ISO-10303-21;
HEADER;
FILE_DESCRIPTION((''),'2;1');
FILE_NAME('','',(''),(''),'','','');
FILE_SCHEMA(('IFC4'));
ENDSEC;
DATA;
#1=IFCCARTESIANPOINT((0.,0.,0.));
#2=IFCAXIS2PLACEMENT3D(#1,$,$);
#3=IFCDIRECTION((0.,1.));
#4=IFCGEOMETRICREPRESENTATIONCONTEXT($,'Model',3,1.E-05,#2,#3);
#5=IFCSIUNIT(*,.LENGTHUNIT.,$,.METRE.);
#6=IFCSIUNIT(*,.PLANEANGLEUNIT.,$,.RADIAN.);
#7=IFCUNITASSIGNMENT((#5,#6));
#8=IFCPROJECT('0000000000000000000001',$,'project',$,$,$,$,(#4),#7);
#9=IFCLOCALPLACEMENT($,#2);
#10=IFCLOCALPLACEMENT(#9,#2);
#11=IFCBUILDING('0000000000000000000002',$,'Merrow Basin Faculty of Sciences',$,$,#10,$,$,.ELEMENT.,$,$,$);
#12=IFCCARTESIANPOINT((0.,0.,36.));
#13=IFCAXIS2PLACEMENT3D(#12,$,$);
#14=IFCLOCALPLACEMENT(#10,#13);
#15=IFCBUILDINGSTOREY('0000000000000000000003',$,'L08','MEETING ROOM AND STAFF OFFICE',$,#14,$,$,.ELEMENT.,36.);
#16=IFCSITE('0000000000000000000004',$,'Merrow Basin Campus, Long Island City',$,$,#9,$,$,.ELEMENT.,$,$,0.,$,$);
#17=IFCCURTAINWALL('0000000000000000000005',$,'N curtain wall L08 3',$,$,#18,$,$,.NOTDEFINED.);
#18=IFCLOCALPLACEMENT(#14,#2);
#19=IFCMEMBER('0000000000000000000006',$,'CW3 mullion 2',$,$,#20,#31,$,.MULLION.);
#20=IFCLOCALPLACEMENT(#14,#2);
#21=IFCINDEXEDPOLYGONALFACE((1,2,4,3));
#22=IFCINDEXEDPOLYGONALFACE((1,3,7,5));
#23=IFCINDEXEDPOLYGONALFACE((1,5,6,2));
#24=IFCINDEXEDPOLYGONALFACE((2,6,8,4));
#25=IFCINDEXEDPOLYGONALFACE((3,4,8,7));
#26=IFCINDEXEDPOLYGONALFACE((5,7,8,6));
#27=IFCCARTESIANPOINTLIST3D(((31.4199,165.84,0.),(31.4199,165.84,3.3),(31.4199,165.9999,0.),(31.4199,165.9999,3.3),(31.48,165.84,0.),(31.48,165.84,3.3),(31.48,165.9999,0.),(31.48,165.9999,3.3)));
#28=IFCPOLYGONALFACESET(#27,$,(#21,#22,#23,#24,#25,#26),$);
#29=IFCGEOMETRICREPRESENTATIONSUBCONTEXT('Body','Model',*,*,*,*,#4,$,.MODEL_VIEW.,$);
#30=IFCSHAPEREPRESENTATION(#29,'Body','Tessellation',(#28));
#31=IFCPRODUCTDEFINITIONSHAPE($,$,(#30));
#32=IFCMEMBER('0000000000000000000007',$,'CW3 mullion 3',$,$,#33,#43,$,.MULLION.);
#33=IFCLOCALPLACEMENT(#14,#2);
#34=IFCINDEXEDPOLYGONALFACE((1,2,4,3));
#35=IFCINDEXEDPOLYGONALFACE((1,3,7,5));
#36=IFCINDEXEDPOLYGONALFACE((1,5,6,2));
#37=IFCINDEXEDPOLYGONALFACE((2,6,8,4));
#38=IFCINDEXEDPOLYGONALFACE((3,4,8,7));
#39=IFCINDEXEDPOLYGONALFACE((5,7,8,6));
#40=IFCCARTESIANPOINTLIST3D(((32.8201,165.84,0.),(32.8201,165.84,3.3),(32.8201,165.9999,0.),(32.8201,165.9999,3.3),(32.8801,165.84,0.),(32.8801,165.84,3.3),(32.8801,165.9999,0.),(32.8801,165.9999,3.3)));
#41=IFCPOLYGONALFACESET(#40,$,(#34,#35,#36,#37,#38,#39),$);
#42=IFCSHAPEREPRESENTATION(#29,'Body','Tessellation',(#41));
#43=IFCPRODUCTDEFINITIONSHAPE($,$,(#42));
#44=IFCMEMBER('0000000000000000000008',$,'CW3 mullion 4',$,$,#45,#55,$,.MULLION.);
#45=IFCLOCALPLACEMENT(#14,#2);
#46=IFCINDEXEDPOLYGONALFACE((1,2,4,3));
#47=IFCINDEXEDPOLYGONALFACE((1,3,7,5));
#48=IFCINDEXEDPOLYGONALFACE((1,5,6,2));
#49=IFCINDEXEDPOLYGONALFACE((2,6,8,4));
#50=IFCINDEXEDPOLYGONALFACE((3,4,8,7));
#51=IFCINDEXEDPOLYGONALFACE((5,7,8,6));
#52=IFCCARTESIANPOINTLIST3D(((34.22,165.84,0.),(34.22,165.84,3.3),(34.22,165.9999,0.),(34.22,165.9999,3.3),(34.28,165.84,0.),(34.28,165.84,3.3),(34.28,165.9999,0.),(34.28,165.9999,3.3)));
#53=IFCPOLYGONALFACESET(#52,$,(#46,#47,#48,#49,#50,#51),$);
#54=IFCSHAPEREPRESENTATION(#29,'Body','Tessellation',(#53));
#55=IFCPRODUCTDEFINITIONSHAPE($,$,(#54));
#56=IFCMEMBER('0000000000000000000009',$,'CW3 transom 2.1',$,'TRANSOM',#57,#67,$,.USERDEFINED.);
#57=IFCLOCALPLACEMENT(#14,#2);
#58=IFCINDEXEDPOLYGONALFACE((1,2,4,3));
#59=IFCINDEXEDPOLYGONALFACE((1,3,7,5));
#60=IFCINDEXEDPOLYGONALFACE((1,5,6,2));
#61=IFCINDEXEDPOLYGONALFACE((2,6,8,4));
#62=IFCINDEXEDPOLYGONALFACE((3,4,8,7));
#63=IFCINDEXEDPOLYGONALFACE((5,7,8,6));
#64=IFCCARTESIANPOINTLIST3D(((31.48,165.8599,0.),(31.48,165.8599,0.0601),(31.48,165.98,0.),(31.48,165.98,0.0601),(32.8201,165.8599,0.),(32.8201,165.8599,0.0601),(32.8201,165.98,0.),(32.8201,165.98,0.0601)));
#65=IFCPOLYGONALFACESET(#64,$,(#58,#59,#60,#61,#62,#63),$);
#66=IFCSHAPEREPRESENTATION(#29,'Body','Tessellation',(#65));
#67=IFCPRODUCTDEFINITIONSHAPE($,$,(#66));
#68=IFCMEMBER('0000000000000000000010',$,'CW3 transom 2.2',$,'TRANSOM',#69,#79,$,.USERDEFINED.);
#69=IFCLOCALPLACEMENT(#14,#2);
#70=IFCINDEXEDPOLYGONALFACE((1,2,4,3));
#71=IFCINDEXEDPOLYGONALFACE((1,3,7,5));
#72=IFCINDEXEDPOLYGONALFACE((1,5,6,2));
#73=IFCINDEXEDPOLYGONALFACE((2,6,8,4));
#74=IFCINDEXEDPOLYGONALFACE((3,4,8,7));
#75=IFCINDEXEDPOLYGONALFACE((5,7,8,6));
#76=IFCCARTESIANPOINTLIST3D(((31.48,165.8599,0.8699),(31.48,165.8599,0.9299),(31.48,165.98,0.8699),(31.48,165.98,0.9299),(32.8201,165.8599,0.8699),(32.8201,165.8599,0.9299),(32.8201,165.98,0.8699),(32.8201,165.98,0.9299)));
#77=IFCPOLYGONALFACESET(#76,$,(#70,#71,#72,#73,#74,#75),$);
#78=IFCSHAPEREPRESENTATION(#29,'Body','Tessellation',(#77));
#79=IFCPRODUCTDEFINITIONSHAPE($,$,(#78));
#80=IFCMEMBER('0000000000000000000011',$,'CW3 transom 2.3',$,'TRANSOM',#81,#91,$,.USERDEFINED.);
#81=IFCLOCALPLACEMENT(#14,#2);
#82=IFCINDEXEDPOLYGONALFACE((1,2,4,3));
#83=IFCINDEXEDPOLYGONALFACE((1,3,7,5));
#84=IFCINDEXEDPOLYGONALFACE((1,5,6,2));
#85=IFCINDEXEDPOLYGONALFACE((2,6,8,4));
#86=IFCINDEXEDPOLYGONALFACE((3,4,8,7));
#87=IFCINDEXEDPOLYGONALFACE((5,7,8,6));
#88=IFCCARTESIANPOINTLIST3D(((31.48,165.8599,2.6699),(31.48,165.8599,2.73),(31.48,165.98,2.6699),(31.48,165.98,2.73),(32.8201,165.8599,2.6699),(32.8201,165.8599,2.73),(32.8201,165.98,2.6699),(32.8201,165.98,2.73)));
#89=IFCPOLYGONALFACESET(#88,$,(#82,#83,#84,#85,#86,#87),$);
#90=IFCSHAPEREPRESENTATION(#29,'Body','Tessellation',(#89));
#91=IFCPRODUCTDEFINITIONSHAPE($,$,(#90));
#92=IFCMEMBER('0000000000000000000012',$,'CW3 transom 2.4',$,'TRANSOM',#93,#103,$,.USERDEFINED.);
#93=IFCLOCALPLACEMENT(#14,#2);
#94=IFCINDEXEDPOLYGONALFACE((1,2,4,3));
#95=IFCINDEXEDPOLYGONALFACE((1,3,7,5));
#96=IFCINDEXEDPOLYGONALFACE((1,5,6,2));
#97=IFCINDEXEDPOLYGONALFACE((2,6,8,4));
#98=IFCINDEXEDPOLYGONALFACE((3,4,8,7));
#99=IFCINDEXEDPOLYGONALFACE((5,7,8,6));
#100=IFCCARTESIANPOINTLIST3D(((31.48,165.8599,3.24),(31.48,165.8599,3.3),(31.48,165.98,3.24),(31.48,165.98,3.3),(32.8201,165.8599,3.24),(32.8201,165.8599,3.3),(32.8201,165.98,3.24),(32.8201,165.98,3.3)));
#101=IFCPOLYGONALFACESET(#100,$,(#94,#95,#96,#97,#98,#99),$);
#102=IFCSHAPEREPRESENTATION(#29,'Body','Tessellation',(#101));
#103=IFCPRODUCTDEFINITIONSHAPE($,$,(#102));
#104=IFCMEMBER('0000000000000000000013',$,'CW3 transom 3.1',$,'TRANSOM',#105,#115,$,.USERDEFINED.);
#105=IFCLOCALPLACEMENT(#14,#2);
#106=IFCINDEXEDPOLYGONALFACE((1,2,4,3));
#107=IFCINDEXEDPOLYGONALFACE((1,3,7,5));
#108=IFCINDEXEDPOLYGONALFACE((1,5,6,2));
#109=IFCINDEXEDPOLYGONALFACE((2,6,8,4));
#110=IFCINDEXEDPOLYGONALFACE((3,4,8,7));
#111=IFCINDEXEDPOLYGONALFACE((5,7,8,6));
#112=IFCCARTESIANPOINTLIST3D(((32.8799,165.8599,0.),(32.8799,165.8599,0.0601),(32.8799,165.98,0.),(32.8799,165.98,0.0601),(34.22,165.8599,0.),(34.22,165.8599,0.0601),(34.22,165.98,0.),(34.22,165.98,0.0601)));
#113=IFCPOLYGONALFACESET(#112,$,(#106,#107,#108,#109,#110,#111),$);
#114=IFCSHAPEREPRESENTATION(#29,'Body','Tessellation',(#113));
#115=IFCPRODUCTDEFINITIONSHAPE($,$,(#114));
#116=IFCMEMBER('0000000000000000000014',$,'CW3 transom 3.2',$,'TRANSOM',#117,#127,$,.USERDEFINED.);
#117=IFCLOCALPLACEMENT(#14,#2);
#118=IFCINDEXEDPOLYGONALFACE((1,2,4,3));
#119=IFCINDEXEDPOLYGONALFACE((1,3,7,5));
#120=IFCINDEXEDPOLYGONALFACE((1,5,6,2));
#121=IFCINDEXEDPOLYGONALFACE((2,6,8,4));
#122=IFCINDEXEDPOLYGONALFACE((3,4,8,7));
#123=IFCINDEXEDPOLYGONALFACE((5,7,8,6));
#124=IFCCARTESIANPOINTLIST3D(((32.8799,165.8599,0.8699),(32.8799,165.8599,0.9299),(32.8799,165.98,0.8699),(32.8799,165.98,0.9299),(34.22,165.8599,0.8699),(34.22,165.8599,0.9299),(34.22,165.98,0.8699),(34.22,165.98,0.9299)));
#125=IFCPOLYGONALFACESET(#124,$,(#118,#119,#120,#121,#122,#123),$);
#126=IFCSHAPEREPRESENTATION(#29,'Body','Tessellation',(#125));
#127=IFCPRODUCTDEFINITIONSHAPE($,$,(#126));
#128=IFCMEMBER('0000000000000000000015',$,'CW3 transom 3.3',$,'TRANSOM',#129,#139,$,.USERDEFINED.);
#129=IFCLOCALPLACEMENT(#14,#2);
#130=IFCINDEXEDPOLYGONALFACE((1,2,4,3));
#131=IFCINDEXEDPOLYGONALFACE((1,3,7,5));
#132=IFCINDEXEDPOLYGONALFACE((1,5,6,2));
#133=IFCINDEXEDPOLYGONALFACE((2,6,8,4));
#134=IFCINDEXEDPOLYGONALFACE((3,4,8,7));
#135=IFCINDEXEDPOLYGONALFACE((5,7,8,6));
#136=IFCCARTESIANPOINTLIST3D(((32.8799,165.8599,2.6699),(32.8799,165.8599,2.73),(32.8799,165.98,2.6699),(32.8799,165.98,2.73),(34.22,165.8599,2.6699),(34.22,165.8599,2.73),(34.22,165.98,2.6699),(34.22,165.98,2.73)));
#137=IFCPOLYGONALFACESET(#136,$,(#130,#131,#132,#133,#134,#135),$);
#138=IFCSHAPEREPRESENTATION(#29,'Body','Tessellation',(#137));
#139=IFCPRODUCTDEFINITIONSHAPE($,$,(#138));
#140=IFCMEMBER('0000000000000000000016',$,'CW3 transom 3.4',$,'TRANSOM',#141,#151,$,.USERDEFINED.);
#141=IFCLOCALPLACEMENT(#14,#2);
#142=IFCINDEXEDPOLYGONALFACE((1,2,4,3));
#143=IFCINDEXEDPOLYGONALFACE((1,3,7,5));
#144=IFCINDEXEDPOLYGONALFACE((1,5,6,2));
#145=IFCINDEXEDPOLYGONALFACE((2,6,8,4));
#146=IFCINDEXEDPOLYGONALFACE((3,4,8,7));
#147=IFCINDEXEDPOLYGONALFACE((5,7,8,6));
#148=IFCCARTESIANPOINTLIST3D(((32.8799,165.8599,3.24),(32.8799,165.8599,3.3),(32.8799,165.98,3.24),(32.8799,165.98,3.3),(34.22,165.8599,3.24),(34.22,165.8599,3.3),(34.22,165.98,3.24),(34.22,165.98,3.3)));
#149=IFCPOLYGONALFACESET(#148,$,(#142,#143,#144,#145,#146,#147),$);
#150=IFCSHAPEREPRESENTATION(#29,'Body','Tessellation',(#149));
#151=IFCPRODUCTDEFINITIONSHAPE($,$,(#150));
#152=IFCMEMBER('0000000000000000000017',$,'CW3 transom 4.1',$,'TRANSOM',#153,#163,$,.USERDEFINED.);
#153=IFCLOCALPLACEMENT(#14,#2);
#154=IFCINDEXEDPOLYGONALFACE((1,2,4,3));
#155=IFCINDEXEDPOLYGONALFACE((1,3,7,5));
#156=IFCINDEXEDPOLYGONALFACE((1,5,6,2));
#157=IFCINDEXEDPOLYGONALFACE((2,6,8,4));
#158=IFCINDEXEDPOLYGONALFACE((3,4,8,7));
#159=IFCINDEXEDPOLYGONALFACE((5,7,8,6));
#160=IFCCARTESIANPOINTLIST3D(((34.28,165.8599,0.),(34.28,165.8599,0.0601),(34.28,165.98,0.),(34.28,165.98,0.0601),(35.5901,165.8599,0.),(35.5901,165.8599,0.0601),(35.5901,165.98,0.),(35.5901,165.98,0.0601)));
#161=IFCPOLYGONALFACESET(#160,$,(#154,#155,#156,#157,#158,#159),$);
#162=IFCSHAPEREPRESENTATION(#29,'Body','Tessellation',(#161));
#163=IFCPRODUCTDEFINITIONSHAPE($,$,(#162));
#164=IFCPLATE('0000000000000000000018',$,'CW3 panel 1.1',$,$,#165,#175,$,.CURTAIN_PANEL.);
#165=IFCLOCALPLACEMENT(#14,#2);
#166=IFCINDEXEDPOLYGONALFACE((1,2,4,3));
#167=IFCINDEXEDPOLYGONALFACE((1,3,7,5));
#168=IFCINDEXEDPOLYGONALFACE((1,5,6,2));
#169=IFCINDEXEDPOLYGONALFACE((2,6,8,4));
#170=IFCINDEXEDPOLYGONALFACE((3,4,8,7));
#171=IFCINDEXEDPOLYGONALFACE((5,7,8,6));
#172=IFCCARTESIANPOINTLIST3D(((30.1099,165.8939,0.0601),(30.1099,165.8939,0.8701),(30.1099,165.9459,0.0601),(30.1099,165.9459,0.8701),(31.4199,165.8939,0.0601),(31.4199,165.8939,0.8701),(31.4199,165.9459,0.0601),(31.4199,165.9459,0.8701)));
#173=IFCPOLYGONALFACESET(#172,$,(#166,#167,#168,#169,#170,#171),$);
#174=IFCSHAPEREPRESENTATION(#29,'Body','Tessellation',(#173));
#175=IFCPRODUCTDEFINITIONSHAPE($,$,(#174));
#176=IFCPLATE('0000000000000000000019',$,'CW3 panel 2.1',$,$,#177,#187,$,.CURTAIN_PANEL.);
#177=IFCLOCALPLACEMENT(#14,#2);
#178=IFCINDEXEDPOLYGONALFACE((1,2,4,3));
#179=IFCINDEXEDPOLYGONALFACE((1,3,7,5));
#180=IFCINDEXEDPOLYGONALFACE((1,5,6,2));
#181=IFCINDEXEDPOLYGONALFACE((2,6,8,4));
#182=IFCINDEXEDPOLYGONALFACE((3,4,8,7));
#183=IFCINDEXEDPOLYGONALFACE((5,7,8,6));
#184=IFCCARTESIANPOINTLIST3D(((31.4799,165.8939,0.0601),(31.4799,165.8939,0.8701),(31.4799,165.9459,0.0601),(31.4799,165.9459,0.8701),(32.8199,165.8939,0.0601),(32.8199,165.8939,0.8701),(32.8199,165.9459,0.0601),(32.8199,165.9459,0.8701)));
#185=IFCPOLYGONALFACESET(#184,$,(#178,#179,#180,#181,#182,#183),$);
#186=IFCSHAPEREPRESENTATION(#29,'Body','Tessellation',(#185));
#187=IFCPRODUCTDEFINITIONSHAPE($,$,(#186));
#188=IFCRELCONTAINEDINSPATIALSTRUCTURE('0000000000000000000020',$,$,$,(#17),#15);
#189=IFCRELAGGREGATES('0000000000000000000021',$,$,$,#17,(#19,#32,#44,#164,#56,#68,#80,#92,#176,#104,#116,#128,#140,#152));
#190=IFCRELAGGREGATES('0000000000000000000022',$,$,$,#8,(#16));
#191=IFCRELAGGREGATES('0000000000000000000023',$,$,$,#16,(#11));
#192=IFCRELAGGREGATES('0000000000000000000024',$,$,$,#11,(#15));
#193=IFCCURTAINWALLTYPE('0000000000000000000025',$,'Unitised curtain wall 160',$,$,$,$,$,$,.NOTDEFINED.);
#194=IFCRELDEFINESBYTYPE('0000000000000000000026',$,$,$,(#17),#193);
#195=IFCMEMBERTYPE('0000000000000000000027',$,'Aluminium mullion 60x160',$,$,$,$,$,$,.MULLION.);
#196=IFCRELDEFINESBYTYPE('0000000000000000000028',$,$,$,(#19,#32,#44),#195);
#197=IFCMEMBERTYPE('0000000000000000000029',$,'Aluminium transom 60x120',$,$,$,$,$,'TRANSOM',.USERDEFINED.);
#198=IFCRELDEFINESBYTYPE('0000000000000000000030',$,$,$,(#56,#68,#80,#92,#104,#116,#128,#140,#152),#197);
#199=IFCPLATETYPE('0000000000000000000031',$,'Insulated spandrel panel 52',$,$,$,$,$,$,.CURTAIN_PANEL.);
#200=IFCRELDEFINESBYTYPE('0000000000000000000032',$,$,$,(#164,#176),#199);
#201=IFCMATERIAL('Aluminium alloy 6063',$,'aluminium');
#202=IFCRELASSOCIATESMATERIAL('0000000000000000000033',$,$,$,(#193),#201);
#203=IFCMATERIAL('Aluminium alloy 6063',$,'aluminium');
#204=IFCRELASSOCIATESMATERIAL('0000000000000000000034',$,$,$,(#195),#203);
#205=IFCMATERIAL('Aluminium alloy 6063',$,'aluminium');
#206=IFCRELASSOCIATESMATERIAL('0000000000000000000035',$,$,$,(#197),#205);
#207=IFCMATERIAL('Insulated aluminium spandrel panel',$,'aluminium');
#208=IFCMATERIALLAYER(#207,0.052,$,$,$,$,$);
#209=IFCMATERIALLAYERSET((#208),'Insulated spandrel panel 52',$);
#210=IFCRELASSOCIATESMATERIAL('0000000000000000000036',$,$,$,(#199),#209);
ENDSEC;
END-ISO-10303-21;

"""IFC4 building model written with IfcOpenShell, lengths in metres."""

from ifc_helpers import new_model, si_unit, direction, frame, origin, origin_2d, place, context, subcontext, project, spatial, rectangle, extrude, material, layer, layer_set, material_profile, profile_set, type_object, element, aggregate, save


model = new_model("IFC4")

# Units and contexts
model_context = context("Model", 3, precision=1e-05, world=origin(), true_north=direction((0.0, 1.0)))
body_context = subcontext(model_context, "Body", "Model", "MODEL_VIEW")
ifc_project = project(units=[si_unit("LENGTHUNIT", "METRE"), si_unit("PLANEANGLEUNIT", "RADIAN")], contexts=[model_context])

# Site, building, storey
site_placement = place(None, origin())
site = spatial("IfcSite", under=ifc_project, at=site_placement, Name="Merrow Basin Campus, Long Island City", CompositionType="ELEMENT", RefElevation=0.0)
building_placement = place(site_placement, origin())
building = spatial("IfcBuilding", under=site, at=building_placement, Name="Merrow Basin Faculty of Sciences", CompositionType="ELEMENT")
storey_placement = place(building_placement, frame((0.0, 0.0, 36.0)))
storey = spatial("IfcBuildingStorey", under=building, at=storey_placement, Name="L08", Description="MEETING ROOM AND STAFF OFFICE", CompositionType="ELEMENT", Elevation=36.0)

# Curtain wall, members, plates
ifc_material_1 = material(Name="Aluminium alloy 6063", Category="aluminium")
curtain_wall_type = type_object("IfcCurtainWallType", Name="Unitised curtain wall 160", PredefinedType="NOTDEFINED", material=ifc_material_1)
curtain_wall_placement = place(storey_placement, origin())
curtain_wall = element("IfcCurtainWall", 1, at=curtain_wall_placement, inside=storey, type_object=curtain_wall_type, Name="N curtain wall L08 3", PredefinedType="NOTDEFINED")
ifc_material_2 = material(Name="Aluminium alloy 6063", Category="aluminium")
ifc_material_profile_1 = material_profile(ifc_material_2, rectangle(XDim=0.1599, YDim=0.0601, at=origin_2d()))
ifc_profile_set_1 = profile_set([ifc_material_profile_1], Name="Aluminium alloy 6063")
member_type_1 = type_object("IfcMemberType", Name="Aluminium mullion 60x160", PredefinedType="MULLION", material=ifc_profile_set_1)
member_1_placement = place(storey_placement, frame((31.45, 165.9199, 0.0), z_axis=(0.0, 0.0, 1.0), x_axis=(0.0, 1.0, 0.0)))
member_1 = element("IfcMember", 2, at=member_1_placement, type_object=member_type_1, Name="CW3 mullion 2", PredefinedType="MULLION", context=body_context, shape_type="SweptSolid", body=[
    extrude(rectangle(XDim=0.1599, YDim=0.0601, at=origin_2d()), origin(), (0.0, 0.0, 1.0), 3.3),
])
member_2_placement = place(storey_placement, frame((32.8501, 165.9199, 0.0), z_axis=(0.0, 0.0, 1.0), x_axis=(0.0, 1.0, 0.0)))
member_2 = element("IfcMember", 3, at=member_2_placement, type_object=member_type_1, Name="CW3 mullion 3", PredefinedType="MULLION", context=body_context, shape_type="SweptSolid", body=[
    extrude(rectangle(XDim=0.1599, YDim=0.0601, at=origin_2d()), origin(), (0.0, 0.0, 1.0), 3.3),
])
member_3_placement = place(storey_placement, frame((34.25, 165.9199, 0.0), z_axis=(0.0, 0.0, 1.0), x_axis=(0.0, 1.0, 0.0)))
member_3 = element("IfcMember", 4, at=member_3_placement, type_object=member_type_1, Name="CW3 mullion 4", PredefinedType="MULLION", context=body_context, shape_type="SweptSolid", body=[
    extrude(rectangle(XDim=0.1599, YDim=0.0601, at=origin_2d()), origin(), (0.0, 0.0, 1.0), 3.3),
])
ifc_material_3 = material(Name="Aluminium alloy 6063", Category="aluminium")
ifc_material_profile_2 = material_profile(ifc_material_3, rectangle(XDim=0.1201, YDim=0.0601, at=origin_2d()))
ifc_profile_set_2 = profile_set([ifc_material_profile_2], Name="Aluminium alloy 6063")
member_type_2 = type_object("IfcMemberType", Name="Aluminium transom 60x120", ElementType="TRANSOM", PredefinedType="USERDEFINED", material=ifc_profile_set_2)
member_4_placement = place(storey_placement, frame((31.48, 165.9199, 0.03), z_axis=(1.0, 0.0, 0.0), x_axis=(0.0, 1.0, 0.0)))
member_4 = element("IfcMember", 5, at=member_4_placement, type_object=member_type_2, Name="CW3 transom 2.1", ObjectType="TRANSOM", PredefinedType="USERDEFINED", context=body_context, shape_type="SweptSolid", body=[
    extrude(rectangle(XDim=0.1201, YDim=0.0601, at=origin_2d()), origin(), (0.0, 0.0, 1.0), 1.3401),
])
member_5_placement = place(storey_placement, frame((31.48, 165.9199, 0.8999), z_axis=(1.0, 0.0, 0.0), x_axis=(0.0, 1.0, 0.0)))
member_5 = element("IfcMember", 6, at=member_5_placement, type_object=member_type_2, Name="CW3 transom 2.2", ObjectType="TRANSOM", PredefinedType="USERDEFINED", context=body_context, shape_type="SweptSolid", body=[
    extrude(rectangle(XDim=0.1201, YDim=0.0601, at=origin_2d()), origin(), (0.0, 0.0, 1.0), 1.3401),
])
member_6_placement = place(storey_placement, frame((31.48, 165.9199, 2.7), z_axis=(1.0, 0.0, 0.0), x_axis=(0.0, 1.0, 0.0)))
member_6 = element("IfcMember", 7, at=member_6_placement, type_object=member_type_2, Name="CW3 transom 2.3", ObjectType="TRANSOM", PredefinedType="USERDEFINED", context=body_context, shape_type="SweptSolid", body=[
    extrude(rectangle(XDim=0.1201, YDim=0.0601, at=origin_2d()), origin(), (0.0, 0.0, 1.0), 1.3401),
])
member_7_placement = place(storey_placement, frame((31.48, 165.9199, 3.27), z_axis=(1.0, 0.0, 0.0), x_axis=(0.0, 1.0, 0.0)))
member_7 = element("IfcMember", 8, at=member_7_placement, type_object=member_type_2, Name="CW3 transom 2.4", ObjectType="TRANSOM", PredefinedType="USERDEFINED", context=body_context, shape_type="SweptSolid", body=[
    extrude(rectangle(XDim=0.1201, YDim=0.0601, at=origin_2d()), origin(), (0.0, 0.0, 1.0), 1.3401),
])
member_8_placement = place(storey_placement, frame((32.8799, 165.9199, 0.03), z_axis=(1.0, 0.0, 0.0), x_axis=(0.0, 1.0, 0.0)))
member_8 = element("IfcMember", 9, at=member_8_placement, type_object=member_type_2, Name="CW3 transom 3.1", ObjectType="TRANSOM", PredefinedType="USERDEFINED", context=body_context, shape_type="SweptSolid", body=[
    extrude(rectangle(XDim=0.1201, YDim=0.0601, at=origin_2d()), origin(), (0.0, 0.0, 1.0), 1.3401),
])
member_9_placement = place(storey_placement, frame((32.8799, 165.9199, 0.8999), z_axis=(1.0, 0.0, 0.0), x_axis=(0.0, 1.0, 0.0)))
member_9 = element("IfcMember", 10, at=member_9_placement, type_object=member_type_2, Name="CW3 transom 3.2", ObjectType="TRANSOM", PredefinedType="USERDEFINED", context=body_context, shape_type="SweptSolid", body=[
    extrude(rectangle(XDim=0.1201, YDim=0.0601, at=origin_2d()), origin(), (0.0, 0.0, 1.0), 1.3401),
])
member_10_placement = place(storey_placement, frame((32.8799, 165.9199, 2.7), z_axis=(1.0, 0.0, 0.0), x_axis=(0.0, 1.0, 0.0)))
member_10 = element("IfcMember", 11, at=member_10_placement, type_object=member_type_2, Name="CW3 transom 3.3", ObjectType="TRANSOM", PredefinedType="USERDEFINED", context=body_context, shape_type="SweptSolid", body=[
    extrude(rectangle(XDim=0.1201, YDim=0.0601, at=origin_2d()), origin(), (0.0, 0.0, 1.0), 1.3401),
])
member_11_placement = place(storey_placement, frame((32.8799, 165.9199, 3.27), z_axis=(1.0, 0.0, 0.0), x_axis=(0.0, 1.0, 0.0)))
member_11 = element("IfcMember", 12, at=member_11_placement, type_object=member_type_2, Name="CW3 transom 3.4", ObjectType="TRANSOM", PredefinedType="USERDEFINED", context=body_context, shape_type="SweptSolid", body=[
    extrude(rectangle(XDim=0.1201, YDim=0.0601, at=origin_2d()), origin(), (0.0, 0.0, 1.0), 1.3401),
])
member_12_placement = place(storey_placement, frame((34.28, 165.9199, 0.03), z_axis=(1.0, 0.0, 0.0), x_axis=(0.0, 1.0, 0.0)))
member_12 = element("IfcMember", 13, at=member_12_placement, type_object=member_type_2, Name="CW3 transom 4.1", ObjectType="TRANSOM", PredefinedType="USERDEFINED", context=body_context, shape_type="SweptSolid", body=[
    extrude(rectangle(XDim=0.1201, YDim=0.0601, at=origin_2d()), origin(), (0.0, 0.0, 1.0), 1.3101),
])
ifc_material_4 = material(Name="Insulated aluminium spandrel panel", Category="aluminium")
ifc_layer_1 = layer(ifc_material_4, 0.052)
ifc_layer_set_1 = layer_set([ifc_layer_1], Name="Insulated spandrel panel 52")
plate_type_1 = type_object("IfcPlateType", Name="Insulated spandrel panel 52", PredefinedType="CURTAIN_PANEL", material=ifc_layer_set_1)
plate_1_placement = place(storey_placement, frame((30.7649, 165.9199, 0.0601), z_axis=(0.0, 0.0, 1.0), x_axis=(1.0, 0.0, 0.0)))
plate_1 = element("IfcPlate", 14, at=plate_1_placement, type_object=plate_type_1, Name="CW3 panel 1.1", PredefinedType="CURTAIN_PANEL", context=body_context, shape_type="SweptSolid", body=[
    extrude(rectangle(XDim=1.3101, YDim=0.052, at=origin_2d()), origin(), (0.0, 0.0, 1.0), 0.8101),
])
plate_2_placement = place(storey_placement, frame((32.1499, 165.9199, 0.0601), z_axis=(0.0, 0.0, 1.0), x_axis=(1.0, 0.0, 0.0)))
plate_2 = element("IfcPlate", 15, at=plate_2_placement, type_object=plate_type_1, Name="CW3 panel 2.1", PredefinedType="CURTAIN_PANEL", context=body_context, shape_type="SweptSolid", body=[
    extrude(rectangle(XDim=1.3401, YDim=0.052, at=origin_2d()), origin(), (0.0, 0.0, 1.0), 0.8101),
])
aggregate(curtain_wall, [member_1, member_2, member_3, plate_1, member_4, member_5, member_6, member_7, plate_2, member_8, member_9, member_10, member_11, member_12])

save(model, "model.ifc")
